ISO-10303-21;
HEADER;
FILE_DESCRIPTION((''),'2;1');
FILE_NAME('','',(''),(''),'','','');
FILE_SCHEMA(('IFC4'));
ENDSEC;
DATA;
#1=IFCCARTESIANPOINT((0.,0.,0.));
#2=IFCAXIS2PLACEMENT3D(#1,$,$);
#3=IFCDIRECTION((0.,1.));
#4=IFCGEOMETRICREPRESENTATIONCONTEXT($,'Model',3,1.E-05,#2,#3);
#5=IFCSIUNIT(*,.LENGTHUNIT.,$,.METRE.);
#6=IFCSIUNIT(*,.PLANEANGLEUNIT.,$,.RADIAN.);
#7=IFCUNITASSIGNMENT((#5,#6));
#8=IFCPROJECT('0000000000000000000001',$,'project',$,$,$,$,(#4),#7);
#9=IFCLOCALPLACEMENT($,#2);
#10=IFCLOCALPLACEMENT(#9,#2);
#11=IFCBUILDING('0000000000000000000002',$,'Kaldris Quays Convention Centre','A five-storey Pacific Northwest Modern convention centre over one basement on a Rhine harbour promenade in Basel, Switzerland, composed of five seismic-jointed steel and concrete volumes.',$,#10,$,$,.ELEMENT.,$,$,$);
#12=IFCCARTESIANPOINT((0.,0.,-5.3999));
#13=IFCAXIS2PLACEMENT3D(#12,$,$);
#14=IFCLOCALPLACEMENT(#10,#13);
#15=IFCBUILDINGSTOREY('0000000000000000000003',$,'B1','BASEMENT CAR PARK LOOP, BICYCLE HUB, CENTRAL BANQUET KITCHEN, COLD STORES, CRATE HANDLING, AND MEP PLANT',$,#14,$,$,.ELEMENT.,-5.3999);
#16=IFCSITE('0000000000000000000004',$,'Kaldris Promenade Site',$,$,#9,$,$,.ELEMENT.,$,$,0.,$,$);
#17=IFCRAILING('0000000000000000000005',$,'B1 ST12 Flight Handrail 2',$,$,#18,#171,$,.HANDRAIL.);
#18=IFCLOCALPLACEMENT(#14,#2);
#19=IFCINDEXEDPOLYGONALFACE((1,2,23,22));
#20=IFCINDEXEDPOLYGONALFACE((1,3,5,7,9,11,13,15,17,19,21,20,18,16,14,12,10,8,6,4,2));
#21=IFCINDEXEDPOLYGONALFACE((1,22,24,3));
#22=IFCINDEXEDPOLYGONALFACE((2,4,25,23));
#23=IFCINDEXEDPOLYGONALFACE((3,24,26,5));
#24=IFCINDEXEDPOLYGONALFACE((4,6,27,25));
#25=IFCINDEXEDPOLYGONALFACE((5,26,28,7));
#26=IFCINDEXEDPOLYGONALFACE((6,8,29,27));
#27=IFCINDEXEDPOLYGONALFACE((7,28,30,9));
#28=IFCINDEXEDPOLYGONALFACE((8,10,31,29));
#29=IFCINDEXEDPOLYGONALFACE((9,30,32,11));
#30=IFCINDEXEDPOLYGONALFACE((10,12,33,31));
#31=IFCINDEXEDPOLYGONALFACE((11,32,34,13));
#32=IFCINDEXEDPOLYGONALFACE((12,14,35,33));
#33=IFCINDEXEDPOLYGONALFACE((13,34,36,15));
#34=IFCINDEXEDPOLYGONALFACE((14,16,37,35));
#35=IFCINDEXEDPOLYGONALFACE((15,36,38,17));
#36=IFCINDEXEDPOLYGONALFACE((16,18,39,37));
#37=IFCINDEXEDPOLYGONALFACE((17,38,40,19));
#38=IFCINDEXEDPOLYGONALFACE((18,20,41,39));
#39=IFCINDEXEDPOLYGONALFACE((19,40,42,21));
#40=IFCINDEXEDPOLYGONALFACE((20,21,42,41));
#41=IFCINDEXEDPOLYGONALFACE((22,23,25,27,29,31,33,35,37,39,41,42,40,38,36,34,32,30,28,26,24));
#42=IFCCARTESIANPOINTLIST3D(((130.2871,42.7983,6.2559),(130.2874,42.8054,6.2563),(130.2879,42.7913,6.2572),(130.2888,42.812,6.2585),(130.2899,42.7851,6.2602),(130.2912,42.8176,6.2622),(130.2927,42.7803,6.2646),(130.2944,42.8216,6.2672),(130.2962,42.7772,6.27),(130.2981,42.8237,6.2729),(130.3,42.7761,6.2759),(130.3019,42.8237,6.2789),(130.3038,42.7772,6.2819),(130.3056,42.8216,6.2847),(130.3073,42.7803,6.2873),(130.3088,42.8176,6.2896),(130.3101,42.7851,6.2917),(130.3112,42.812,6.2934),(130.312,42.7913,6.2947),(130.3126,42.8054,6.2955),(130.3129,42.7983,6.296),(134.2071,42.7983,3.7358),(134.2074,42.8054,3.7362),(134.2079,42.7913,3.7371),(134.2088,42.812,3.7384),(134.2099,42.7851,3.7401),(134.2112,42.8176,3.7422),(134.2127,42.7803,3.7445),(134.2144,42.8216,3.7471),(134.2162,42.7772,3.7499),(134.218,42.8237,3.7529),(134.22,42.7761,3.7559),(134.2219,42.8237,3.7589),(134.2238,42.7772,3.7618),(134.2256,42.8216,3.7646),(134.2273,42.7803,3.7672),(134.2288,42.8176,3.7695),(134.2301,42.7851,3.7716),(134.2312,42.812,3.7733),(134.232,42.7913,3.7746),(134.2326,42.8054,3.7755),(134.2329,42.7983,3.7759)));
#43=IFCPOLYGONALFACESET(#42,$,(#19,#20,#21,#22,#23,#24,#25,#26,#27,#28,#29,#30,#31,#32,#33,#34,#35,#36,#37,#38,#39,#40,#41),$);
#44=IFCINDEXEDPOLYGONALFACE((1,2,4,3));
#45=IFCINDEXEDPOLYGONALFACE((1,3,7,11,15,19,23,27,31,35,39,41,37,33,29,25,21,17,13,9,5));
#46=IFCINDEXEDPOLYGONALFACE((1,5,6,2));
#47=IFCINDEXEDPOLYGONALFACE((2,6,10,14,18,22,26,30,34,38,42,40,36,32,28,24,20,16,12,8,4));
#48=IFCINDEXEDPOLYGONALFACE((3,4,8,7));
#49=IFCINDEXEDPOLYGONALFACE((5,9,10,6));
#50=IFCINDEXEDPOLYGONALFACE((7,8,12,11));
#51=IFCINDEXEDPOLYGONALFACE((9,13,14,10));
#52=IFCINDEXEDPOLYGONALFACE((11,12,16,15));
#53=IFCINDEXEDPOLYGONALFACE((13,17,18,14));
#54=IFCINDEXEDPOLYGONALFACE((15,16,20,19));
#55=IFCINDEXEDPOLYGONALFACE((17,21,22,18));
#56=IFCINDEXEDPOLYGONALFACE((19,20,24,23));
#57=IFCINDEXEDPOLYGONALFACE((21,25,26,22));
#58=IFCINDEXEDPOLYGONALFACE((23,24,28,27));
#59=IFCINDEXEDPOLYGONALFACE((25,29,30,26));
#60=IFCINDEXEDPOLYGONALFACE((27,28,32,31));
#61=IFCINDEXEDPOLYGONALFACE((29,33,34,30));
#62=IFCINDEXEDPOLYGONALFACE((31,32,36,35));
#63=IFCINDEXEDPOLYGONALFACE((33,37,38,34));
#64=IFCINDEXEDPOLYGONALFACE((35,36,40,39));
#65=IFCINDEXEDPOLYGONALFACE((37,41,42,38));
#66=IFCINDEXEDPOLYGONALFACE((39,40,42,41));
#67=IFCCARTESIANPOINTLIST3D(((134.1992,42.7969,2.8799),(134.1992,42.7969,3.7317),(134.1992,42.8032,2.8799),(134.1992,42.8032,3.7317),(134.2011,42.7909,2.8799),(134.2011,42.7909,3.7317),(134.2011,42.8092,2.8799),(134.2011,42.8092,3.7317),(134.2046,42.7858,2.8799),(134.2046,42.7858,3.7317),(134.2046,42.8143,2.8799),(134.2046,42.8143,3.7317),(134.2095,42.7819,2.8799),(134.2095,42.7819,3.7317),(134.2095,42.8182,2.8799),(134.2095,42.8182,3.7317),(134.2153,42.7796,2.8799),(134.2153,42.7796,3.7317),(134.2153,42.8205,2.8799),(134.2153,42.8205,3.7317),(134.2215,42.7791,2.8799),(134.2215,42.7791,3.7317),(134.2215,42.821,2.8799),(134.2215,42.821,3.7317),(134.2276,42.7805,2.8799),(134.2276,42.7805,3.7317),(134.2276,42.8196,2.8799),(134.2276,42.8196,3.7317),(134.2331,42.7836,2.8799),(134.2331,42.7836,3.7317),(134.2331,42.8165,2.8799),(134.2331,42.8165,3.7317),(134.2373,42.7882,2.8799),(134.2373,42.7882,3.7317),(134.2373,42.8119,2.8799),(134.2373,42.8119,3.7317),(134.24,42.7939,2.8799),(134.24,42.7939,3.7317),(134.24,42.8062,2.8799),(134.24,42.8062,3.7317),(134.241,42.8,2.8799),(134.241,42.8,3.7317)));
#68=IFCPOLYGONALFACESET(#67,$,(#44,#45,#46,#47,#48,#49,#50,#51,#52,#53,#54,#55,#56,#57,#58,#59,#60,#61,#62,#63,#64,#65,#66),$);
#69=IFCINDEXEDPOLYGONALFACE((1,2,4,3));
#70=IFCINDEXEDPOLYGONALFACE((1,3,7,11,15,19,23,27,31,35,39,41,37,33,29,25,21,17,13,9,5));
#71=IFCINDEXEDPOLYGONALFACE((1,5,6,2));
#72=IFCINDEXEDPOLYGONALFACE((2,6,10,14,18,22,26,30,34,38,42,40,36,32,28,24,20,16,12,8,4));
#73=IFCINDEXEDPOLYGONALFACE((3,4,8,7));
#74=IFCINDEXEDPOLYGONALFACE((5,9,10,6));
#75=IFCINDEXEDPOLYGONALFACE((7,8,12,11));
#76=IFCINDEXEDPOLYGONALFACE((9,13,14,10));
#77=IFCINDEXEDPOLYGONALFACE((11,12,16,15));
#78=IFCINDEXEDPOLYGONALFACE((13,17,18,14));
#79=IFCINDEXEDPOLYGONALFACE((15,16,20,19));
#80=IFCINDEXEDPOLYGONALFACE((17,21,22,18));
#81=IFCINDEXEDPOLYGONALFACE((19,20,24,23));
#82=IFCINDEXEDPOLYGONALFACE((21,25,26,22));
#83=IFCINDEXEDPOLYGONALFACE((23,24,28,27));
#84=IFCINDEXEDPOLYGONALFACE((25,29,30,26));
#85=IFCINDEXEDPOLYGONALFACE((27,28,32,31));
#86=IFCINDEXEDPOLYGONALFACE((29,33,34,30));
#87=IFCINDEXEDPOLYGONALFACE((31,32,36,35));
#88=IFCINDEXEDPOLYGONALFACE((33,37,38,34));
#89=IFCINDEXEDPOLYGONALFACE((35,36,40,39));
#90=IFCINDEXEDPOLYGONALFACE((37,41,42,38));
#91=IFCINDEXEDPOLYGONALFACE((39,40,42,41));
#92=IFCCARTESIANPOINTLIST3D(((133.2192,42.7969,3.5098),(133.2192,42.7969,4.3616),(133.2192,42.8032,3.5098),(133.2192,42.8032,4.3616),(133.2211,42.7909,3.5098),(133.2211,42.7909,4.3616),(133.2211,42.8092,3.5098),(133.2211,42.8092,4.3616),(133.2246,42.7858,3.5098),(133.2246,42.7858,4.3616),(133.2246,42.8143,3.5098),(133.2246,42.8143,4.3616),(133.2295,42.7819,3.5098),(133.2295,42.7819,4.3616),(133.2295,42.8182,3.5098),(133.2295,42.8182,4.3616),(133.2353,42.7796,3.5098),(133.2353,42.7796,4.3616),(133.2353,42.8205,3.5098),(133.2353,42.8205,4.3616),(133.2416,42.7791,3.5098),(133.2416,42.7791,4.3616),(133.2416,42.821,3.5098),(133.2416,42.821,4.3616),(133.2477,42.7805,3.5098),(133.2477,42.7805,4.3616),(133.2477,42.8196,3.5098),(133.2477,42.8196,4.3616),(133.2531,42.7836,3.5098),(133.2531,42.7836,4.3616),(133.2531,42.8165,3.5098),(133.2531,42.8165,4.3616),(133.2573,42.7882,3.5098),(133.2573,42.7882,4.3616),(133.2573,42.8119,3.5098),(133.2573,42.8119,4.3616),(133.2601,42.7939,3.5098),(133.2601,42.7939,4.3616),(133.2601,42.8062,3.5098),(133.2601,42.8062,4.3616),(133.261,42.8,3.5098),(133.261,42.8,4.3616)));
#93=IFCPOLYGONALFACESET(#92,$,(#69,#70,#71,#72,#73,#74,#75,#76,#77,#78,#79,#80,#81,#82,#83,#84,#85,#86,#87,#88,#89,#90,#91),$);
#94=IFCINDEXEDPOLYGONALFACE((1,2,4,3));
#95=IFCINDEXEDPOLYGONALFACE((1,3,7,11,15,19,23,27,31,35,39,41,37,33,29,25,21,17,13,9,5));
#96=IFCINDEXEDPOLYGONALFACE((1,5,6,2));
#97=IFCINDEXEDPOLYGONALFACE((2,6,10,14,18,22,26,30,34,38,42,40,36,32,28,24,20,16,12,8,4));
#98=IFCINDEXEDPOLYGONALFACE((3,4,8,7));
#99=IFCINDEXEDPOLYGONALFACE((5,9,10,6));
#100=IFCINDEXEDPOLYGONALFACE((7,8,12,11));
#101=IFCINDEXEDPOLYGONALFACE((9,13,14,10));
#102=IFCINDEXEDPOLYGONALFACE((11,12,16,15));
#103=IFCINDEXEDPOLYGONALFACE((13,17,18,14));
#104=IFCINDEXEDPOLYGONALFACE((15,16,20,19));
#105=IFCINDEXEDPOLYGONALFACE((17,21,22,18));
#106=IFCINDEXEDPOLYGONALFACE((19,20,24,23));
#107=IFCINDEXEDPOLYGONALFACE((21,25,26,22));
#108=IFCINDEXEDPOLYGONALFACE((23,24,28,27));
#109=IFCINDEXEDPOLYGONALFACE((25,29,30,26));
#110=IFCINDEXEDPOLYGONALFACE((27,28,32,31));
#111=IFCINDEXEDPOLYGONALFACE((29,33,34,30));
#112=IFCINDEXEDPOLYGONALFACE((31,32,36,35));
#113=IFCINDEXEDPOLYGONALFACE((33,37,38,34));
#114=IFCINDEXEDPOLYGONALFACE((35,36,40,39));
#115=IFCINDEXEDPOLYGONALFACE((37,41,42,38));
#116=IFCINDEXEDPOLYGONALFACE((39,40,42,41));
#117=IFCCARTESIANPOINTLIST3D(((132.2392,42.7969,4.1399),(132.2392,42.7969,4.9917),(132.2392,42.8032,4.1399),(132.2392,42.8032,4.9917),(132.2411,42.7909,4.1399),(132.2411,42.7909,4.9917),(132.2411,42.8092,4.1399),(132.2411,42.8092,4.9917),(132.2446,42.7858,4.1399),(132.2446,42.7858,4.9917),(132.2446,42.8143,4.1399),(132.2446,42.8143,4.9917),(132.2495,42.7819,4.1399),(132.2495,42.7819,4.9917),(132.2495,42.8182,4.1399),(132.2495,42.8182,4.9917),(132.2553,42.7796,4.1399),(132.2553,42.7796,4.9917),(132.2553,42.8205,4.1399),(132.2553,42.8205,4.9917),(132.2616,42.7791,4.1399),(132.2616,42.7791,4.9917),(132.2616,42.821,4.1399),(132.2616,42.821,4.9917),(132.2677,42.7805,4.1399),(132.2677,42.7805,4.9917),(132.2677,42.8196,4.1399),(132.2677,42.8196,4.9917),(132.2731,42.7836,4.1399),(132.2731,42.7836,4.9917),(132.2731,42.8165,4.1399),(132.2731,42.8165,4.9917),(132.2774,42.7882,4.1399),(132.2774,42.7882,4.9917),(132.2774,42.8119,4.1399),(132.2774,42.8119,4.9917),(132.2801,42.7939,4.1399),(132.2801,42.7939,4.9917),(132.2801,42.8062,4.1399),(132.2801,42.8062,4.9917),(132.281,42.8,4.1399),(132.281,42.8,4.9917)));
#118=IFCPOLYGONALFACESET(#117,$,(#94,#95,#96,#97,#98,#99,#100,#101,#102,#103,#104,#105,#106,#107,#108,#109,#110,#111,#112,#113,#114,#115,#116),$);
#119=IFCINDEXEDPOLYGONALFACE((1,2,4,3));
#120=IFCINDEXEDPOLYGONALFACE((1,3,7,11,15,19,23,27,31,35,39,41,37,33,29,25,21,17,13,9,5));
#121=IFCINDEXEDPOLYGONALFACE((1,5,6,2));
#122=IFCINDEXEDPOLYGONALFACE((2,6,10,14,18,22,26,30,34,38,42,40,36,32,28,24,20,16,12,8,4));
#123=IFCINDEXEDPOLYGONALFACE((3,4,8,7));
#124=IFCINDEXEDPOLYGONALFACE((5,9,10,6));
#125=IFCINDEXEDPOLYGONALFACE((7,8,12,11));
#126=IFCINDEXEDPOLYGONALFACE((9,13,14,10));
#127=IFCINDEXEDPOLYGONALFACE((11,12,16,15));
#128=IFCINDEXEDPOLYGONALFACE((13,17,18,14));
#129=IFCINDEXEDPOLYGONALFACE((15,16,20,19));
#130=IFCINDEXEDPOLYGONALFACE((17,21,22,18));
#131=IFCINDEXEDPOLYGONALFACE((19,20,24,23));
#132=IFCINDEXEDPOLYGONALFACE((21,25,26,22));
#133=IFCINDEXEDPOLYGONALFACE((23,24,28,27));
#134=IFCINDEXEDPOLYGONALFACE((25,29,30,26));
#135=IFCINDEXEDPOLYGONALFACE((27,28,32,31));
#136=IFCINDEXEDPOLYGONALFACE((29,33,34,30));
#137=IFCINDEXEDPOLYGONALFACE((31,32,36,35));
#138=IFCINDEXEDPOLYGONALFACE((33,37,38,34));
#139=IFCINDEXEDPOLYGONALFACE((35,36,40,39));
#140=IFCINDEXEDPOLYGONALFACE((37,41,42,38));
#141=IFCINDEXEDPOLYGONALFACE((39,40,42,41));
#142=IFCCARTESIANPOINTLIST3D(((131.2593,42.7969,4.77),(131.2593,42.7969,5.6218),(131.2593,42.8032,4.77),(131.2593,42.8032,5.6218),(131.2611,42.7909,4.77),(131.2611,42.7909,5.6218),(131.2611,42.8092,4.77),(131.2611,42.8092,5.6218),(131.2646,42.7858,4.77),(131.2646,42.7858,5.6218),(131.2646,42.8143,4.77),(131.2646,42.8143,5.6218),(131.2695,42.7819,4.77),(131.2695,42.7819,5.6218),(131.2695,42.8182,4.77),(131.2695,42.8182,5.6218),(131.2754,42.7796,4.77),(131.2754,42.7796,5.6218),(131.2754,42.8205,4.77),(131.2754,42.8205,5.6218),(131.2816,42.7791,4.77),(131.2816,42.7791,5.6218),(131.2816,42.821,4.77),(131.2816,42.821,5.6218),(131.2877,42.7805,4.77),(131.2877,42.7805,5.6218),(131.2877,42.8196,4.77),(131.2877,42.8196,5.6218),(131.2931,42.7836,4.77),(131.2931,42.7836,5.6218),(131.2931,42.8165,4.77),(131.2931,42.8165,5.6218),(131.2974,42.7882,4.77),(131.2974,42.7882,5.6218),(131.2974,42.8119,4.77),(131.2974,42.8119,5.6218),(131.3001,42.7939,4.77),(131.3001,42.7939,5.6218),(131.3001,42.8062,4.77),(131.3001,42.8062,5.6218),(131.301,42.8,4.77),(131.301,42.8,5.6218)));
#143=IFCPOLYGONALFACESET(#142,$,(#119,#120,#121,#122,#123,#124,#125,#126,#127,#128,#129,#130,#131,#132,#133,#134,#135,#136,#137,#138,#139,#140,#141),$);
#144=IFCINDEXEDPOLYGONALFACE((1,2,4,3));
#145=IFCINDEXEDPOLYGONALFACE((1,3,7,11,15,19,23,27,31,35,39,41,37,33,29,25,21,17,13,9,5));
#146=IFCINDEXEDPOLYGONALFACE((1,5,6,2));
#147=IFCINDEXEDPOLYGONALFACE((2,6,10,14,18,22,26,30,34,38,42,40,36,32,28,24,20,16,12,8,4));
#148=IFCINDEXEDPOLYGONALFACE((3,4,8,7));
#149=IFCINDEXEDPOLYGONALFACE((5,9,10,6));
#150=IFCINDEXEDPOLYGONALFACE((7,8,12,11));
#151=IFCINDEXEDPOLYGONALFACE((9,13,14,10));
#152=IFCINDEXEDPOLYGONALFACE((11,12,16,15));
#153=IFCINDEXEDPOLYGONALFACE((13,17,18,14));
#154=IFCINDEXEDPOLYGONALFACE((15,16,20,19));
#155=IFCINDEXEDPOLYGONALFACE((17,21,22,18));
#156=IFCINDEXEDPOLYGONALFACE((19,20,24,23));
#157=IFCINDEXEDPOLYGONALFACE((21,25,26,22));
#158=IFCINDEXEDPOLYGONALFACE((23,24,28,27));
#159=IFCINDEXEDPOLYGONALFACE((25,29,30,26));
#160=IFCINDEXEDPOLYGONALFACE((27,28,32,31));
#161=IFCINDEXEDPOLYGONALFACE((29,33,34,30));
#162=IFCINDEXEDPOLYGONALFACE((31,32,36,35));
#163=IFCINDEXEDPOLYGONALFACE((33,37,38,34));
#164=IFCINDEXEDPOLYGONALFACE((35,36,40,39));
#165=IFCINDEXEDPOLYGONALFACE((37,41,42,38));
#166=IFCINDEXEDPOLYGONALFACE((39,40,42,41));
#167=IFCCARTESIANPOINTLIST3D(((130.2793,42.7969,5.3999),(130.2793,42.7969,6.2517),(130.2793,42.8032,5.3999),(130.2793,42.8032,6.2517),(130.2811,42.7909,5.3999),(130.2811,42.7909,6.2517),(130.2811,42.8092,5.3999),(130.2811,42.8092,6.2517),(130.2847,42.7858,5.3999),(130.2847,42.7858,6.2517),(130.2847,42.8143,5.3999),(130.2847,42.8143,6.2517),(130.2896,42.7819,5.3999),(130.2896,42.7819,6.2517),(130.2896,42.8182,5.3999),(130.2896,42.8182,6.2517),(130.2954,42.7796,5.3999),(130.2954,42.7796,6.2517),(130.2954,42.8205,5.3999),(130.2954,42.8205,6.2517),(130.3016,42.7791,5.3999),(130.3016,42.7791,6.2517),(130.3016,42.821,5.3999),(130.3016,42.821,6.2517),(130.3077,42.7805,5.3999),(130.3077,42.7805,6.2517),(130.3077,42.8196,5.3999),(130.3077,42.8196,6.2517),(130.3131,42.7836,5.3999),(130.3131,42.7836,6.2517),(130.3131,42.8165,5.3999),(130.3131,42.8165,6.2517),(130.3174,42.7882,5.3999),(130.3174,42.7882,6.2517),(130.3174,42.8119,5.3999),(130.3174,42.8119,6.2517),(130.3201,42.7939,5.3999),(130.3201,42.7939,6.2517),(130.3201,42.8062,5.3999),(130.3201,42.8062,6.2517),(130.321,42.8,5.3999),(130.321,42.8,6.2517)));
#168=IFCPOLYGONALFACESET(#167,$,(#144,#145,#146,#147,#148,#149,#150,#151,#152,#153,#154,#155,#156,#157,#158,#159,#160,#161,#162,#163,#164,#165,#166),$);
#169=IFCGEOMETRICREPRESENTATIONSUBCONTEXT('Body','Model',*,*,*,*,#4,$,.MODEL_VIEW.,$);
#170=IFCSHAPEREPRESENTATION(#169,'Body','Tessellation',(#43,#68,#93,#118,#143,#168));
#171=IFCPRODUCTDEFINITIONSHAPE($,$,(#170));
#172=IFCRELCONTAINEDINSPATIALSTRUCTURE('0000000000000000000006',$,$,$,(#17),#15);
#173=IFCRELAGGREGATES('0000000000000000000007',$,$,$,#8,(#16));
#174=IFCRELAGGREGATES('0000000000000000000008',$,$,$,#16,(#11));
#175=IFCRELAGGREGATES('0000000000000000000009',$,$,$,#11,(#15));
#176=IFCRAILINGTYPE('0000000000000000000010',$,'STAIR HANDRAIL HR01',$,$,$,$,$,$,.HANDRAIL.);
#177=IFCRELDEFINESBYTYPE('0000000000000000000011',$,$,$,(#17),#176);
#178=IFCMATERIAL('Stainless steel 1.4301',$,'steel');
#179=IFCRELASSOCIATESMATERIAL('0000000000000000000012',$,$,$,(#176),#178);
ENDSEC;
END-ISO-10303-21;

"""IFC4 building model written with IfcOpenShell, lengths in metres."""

from ifc_helpers import new_model, si_unit, direction, frame, origin, origin_2d, place, context, subcontext, project, spatial, circle, extrude, material, type_object, element, save


model = new_model("IFC4")

# Units and contexts
model_context = context("Model", 3, precision=1e-05, world=origin(), true_north=direction((0.0, 1.0)))
body_context = subcontext(model_context, "Body", "Model", "MODEL_VIEW")
ifc_project = project(units=[si_unit("LENGTHUNIT", "METRE"), si_unit("PLANEANGLEUNIT", "RADIAN")], contexts=[model_context])

# Site, building, storey
site_placement = place(None, origin())
site = spatial("IfcSite", under=ifc_project, at=site_placement, Name="Kaldris Promenade Site", CompositionType="ELEMENT", RefElevation=0.0)
building_placement = place(site_placement, origin())
building = spatial("IfcBuilding", under=site, at=building_placement, Name="Kaldris Quays Convention Centre", Description="A five-storey Pacific Northwest Modern convention centre over one basement on a Rhine harbour promenade in Basel, Switzerland, composed of five seismic-jointed steel and concrete volumes.", CompositionType="ELEMENT")
storey_placement = place(building_placement, frame((0.0, 0.0, -5.3999)))
storey = spatial("IfcBuildingStorey", under=building, at=storey_placement, Name="B1", Description="BASEMENT CAR PARK LOOP, BICYCLE HUB, CENTRAL BANQUET KITCHEN, COLD STORES, CRATE HANDLING, AND MEP PLANT", CompositionType="ELEMENT", Elevation=-5.3999)

# Railing
ifc_material_1 = material(Name="Stainless steel 1.4301", Category="steel")
railing_type_1 = type_object("IfcRailingType", Name="STAIR HANDRAIL HR01", PredefinedType="HANDRAIL", material=ifc_material_1)
railing_1_placement = place(storey_placement, frame((134.22, 42.8, 2.8799)))
element("IfcRailing", 1, at=railing_1_placement, inside=storey, type_object=railing_type_1, Name="B1 ST12 Flight Handrail 2", PredefinedType="HANDRAIL", context=body_context, shape_type="SweptSolid", body=[
    extrude(circle(Radius=0.0239, at=origin_2d()), frame((0.0, 0.0, 0.876), z_axis=(-0.841172, 0.0, 0.540768), x_axis=(0.0, -1.0, 0.0)), (0.0, 0.0, 1.0), 4.6602),
    extrude(circle(Radius=0.021, at=origin_2d()), origin(), (0.0, 0.0, 1.0), 0.8518),
    extrude(circle(Radius=0.021, at=origin_2d()), frame((-0.98, 0.0, 0.6299)), (0.0, 0.0, 1.0), 0.8518),
    extrude(circle(Radius=0.021, at=origin_2d()), frame((-1.96, 0.0, 1.26)), (0.0, 0.0, 1.0), 0.8518),
    extrude(circle(Radius=0.021, at=origin_2d()), frame((-2.9399, 0.0, 1.8901)), (0.0, 0.0, 1.0), 0.8518),
    extrude(circle(Radius=0.021, at=origin_2d()), frame((-3.9199, 0.0, 2.52)), (0.0, 0.0, 1.0), 0.8518),
])

save(model, "model.ifc")
